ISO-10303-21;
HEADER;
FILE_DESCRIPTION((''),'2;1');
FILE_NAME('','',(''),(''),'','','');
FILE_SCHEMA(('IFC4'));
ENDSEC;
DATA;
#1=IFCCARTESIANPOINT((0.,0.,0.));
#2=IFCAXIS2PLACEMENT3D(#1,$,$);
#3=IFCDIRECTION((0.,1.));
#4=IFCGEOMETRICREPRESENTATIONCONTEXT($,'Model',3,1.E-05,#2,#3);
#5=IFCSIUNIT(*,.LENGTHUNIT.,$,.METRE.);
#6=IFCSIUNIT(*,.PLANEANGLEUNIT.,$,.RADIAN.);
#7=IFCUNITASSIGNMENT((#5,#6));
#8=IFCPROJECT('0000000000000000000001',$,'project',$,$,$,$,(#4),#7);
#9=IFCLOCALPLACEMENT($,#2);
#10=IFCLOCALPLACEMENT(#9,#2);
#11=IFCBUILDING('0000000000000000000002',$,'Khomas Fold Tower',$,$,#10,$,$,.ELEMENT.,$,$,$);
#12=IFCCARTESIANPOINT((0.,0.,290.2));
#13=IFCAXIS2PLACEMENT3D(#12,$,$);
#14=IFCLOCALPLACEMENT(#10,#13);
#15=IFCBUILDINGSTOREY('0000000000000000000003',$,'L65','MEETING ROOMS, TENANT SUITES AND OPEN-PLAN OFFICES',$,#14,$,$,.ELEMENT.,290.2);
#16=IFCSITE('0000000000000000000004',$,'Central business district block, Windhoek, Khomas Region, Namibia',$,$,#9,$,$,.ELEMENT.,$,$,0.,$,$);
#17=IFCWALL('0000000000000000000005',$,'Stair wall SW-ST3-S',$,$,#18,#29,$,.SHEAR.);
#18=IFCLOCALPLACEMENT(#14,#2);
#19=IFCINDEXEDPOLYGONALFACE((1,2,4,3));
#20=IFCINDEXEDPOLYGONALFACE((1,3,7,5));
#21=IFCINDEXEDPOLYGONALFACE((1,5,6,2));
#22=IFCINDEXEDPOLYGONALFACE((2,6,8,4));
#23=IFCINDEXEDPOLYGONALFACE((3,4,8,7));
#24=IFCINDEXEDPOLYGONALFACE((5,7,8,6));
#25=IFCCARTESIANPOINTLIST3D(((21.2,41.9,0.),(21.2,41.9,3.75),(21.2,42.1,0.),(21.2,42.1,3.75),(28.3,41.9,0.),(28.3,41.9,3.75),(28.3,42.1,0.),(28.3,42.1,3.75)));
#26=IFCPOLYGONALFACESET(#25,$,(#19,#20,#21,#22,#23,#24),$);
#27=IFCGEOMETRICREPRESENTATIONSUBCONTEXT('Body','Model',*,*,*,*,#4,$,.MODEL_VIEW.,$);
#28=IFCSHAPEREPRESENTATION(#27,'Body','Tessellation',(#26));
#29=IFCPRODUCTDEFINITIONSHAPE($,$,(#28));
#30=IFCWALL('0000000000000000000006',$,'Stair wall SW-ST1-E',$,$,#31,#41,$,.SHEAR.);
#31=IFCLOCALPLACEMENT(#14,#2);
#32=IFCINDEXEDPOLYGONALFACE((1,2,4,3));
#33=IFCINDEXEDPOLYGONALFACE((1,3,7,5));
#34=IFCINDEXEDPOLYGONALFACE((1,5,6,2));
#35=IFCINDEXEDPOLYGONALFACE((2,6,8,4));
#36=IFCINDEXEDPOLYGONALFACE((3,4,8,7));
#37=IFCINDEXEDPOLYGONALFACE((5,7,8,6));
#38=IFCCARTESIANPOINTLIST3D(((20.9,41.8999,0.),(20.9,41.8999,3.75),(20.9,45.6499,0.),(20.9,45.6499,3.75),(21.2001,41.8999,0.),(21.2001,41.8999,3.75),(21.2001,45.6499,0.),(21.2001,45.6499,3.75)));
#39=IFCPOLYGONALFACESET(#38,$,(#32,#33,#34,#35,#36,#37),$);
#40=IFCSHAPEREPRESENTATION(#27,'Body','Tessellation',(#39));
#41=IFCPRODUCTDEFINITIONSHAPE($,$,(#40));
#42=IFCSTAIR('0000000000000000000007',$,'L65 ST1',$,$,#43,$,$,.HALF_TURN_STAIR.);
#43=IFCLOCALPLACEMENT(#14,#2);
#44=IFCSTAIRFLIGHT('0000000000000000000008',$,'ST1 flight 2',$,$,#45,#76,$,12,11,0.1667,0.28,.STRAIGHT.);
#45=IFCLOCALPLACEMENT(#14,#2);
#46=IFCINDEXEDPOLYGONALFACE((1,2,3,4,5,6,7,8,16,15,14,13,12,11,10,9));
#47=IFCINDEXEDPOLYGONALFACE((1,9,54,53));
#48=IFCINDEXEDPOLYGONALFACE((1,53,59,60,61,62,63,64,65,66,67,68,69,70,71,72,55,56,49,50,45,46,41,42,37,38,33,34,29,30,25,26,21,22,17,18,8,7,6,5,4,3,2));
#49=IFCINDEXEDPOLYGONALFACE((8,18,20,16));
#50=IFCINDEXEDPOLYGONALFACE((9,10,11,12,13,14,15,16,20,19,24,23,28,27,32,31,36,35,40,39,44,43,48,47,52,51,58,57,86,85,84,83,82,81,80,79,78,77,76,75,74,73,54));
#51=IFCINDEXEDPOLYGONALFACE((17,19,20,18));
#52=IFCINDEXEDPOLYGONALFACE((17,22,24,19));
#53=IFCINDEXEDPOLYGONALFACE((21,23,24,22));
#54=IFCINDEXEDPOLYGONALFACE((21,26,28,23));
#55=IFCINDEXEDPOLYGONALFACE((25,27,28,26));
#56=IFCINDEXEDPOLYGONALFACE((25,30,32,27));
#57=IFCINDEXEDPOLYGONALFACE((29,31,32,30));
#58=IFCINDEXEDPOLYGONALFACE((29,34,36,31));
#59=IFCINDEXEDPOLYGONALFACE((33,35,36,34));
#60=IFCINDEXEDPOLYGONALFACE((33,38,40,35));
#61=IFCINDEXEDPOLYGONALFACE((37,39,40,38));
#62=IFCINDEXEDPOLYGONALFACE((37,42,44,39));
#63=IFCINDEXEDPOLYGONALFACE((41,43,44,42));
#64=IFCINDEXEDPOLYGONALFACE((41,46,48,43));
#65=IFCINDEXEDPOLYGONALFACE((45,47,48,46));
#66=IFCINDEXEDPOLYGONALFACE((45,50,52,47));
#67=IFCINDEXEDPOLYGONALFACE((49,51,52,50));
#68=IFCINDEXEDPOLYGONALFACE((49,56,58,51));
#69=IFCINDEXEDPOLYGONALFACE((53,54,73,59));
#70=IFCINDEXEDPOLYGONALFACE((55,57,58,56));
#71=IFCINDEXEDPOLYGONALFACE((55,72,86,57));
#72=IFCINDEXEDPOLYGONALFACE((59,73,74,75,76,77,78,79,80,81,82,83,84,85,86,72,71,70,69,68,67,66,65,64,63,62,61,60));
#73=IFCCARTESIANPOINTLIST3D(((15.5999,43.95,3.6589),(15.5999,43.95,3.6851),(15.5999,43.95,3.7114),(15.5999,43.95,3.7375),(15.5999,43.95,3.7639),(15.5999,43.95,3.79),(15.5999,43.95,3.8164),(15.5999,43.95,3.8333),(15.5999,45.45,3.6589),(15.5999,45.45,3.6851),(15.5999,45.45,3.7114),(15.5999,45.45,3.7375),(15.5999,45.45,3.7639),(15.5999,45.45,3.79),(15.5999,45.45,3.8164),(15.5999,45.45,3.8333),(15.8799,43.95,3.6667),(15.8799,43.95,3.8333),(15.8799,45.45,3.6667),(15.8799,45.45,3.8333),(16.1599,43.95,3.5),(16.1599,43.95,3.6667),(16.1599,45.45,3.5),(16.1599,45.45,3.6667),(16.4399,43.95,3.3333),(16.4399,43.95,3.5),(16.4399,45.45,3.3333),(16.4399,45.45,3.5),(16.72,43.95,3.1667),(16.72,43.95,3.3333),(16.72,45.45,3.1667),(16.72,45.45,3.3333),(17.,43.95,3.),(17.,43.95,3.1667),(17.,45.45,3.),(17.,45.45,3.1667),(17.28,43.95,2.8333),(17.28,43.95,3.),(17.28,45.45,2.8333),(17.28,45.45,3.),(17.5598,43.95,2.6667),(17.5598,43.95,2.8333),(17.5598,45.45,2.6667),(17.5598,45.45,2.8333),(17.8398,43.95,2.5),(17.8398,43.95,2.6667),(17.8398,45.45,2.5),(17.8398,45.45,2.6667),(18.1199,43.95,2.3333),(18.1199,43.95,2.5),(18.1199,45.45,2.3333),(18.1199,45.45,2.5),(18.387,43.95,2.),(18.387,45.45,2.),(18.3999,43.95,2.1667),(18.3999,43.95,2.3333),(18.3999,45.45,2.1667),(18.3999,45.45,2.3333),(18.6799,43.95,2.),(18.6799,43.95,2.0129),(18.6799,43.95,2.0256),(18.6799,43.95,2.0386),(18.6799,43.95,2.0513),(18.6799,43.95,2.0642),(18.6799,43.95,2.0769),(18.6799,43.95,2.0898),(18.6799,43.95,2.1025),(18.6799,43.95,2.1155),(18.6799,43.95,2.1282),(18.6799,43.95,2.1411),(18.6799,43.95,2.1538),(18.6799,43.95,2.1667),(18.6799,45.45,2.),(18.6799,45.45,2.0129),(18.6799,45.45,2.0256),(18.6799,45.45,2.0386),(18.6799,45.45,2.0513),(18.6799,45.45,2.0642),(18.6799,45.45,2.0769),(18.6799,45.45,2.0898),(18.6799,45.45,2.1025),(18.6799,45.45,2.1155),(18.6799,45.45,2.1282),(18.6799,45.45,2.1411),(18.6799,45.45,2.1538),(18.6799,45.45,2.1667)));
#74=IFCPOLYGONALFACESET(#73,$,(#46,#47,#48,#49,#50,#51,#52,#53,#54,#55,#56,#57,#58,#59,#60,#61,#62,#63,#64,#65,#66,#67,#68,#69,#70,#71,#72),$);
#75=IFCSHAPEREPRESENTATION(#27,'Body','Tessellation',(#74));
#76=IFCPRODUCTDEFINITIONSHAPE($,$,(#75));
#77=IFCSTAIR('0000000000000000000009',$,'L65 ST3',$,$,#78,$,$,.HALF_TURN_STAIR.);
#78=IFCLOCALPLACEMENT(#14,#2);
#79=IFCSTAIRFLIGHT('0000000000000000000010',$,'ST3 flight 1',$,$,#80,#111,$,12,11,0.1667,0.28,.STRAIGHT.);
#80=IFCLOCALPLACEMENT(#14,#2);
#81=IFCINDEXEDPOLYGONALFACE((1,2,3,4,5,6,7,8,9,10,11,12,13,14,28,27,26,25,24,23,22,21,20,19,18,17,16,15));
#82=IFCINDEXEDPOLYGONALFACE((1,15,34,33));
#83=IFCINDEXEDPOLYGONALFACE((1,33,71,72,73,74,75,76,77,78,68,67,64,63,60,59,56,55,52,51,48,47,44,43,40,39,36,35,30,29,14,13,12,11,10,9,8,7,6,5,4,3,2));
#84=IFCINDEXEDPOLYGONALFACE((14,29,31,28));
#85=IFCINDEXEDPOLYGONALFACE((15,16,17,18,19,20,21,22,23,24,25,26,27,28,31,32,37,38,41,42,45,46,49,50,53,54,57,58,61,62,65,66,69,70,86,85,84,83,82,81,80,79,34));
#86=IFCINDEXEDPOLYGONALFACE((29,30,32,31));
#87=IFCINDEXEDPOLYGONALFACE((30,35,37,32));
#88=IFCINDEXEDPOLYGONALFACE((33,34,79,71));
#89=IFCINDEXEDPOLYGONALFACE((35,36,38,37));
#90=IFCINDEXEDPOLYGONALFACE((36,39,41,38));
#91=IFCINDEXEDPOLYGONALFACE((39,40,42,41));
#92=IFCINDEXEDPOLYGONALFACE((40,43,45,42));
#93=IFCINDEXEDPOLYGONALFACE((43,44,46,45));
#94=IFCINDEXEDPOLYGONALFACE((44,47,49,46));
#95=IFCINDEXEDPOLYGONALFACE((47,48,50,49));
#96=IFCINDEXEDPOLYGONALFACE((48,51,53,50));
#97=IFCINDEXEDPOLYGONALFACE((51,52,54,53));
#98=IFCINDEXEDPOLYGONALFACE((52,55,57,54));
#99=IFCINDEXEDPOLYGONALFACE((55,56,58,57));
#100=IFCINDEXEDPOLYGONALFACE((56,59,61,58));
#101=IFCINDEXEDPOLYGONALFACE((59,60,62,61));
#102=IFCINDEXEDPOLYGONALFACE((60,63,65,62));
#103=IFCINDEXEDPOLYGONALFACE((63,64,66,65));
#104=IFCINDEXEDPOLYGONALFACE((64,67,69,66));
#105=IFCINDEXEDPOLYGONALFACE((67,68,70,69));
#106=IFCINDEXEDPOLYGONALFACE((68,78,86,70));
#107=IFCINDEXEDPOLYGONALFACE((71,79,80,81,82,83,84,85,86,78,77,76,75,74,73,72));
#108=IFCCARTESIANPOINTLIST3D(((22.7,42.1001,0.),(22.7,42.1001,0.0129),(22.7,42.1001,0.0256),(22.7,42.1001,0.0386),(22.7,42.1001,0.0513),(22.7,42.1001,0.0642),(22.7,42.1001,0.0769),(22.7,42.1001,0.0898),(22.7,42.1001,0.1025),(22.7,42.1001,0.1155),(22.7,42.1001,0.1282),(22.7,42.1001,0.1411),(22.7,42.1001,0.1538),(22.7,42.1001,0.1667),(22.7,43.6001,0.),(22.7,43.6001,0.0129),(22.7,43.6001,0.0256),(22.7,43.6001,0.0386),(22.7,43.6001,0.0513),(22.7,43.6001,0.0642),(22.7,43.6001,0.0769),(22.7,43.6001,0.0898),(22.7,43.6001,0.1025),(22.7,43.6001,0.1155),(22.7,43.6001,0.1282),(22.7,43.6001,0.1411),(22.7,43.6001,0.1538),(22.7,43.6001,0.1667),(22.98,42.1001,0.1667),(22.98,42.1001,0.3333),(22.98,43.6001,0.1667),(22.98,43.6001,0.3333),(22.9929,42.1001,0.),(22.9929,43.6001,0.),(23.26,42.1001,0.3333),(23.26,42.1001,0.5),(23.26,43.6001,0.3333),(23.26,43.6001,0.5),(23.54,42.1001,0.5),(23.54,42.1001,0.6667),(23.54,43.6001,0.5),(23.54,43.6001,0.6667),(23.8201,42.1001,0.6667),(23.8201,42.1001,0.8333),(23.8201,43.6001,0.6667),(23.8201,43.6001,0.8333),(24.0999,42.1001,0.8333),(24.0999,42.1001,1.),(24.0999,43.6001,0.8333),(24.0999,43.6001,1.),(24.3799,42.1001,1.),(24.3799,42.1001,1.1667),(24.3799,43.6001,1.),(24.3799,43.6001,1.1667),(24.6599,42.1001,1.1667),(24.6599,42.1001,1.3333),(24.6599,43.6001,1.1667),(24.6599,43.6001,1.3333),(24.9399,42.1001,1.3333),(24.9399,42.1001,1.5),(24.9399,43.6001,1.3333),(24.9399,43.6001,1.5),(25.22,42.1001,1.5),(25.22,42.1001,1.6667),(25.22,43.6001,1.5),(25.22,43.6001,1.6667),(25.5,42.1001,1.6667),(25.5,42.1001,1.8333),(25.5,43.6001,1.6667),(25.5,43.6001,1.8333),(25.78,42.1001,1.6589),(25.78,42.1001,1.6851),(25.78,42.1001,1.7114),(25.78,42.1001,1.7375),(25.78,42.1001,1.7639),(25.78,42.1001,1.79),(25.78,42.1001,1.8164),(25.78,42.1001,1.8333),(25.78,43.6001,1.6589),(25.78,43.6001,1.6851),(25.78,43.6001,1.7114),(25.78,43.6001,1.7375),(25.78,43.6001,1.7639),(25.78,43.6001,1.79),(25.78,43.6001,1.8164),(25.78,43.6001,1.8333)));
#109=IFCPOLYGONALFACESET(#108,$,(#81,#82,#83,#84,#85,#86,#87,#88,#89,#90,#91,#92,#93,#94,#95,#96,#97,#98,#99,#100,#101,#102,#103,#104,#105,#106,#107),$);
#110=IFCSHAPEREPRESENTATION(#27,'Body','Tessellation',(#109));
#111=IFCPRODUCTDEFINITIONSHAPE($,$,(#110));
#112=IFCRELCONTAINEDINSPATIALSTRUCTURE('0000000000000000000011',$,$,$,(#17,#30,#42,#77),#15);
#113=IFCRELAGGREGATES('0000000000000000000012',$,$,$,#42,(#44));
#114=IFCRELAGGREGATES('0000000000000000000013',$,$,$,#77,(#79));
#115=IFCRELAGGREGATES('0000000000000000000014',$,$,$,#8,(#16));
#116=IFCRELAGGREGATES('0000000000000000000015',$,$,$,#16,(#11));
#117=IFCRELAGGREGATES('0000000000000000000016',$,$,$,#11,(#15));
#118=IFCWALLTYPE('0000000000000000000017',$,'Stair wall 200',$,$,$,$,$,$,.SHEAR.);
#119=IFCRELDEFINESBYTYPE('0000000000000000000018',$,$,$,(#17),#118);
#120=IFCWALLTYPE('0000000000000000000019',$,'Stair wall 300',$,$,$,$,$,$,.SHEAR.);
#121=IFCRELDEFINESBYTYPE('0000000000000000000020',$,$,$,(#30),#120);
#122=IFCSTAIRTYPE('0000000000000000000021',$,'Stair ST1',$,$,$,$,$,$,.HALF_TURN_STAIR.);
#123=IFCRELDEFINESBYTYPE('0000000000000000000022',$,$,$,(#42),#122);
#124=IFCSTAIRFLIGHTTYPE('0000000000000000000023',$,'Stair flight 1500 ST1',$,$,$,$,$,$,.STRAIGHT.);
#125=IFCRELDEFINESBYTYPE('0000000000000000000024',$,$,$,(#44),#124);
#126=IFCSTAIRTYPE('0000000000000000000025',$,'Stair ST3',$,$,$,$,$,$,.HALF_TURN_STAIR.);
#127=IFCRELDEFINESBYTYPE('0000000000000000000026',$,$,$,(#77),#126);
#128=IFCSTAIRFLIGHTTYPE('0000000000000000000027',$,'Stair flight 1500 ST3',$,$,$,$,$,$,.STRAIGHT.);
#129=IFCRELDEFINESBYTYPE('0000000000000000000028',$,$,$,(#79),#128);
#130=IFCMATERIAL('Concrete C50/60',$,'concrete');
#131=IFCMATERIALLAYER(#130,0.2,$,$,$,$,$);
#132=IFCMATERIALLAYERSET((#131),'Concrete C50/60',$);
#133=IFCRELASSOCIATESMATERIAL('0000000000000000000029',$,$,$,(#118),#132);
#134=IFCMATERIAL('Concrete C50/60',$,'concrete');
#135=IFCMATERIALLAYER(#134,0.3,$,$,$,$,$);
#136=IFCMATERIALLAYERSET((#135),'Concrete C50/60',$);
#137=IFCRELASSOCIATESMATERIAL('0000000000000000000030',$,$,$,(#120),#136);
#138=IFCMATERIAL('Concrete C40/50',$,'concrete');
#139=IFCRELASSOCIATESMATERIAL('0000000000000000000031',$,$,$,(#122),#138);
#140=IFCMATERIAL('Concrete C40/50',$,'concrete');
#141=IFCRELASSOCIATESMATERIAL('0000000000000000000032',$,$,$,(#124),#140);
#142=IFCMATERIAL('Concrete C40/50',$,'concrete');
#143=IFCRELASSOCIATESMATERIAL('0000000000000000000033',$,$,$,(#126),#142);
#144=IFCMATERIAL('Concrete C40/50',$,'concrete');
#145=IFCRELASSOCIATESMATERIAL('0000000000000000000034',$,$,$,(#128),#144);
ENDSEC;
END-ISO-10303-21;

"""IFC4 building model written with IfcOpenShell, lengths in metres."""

from ifc_helpers import new_model, si_unit, direction, frame, frame_2d, origin, place, context, subcontext, project, spatial, polyline, rectangle, outline, extrude, source, transform, mapped, material, layer, layer_set, type_object, element, aggregate, save


model = new_model("IFC4")

# Units and contexts
model_context = context("Model", 3, precision=1e-05, world=origin(), true_north=direction((0.0, 1.0)))
body_context = subcontext(model_context, "Body", "Model", "MODEL_VIEW")
ifc_project = project(units=[si_unit("LENGTHUNIT", "METRE"), si_unit("PLANEANGLEUNIT", "RADIAN")], contexts=[model_context])

# Site, building, storey
site_placement = place(None, origin())
site = spatial("IfcSite", under=ifc_project, at=site_placement, Name="Central business district block, Windhoek, Khomas Region, Namibia", CompositionType="ELEMENT", RefElevation=0.0)
building_placement = place(site_placement, origin())
building = spatial("IfcBuilding", under=site, at=building_placement, Name="Khomas Fold Tower", CompositionType="ELEMENT")
storey_placement = place(building_placement, frame((0.0, 0.0, 290.2)))
storey = spatial("IfcBuildingStorey", under=building, at=storey_placement, Name="L65", Description="MEETING ROOMS, TENANT SUITES AND OPEN-PLAN OFFICES", CompositionType="ELEMENT", Elevation=290.2)

# Shared definitions
ifc_material_1 = material(Name="Concrete C50/60", Category="concrete")
ifc_layer_1 = layer(ifc_material_1, 0.2)
ifc_layer_set_1 = layer_set([ifc_layer_1], Name="Concrete C50/60")
wall_type_1 = type_object("IfcWallType", Name="Stair wall 200", PredefinedType="SHEAR", material=ifc_layer_set_1)
shared_shape_1 = source(origin(), body_context, "Body", "SweptSolid", [
    extrude(rectangle(XDim=7.1001, YDim=0.2, at=frame_2d((3.55, 0.0))), origin(), (0.0, 0.0, 1.0), 3.75),
])

# Walls
wall_1_placement = place(storey_placement, frame((21.2, 42.0, 0.0), z_axis=(0.0, 0.0, 1.0), x_axis=(1.0, 0.0, 0.0)))
element("IfcWall", 1, at=wall_1_placement, inside=storey, type_object=wall_type_1, Name="Stair wall SW-ST3-S", PredefinedType="SHEAR", context=body_context, shape_type="MappedRepresentation", body=[
    mapped(shared_shape_1, transform((0.0, 0.0, 0.0))),
])
ifc_material_2 = material(Name="Concrete C50/60", Category="concrete")
ifc_layer_2 = layer(ifc_material_2, 0.3)
ifc_layer_set_2 = layer_set([ifc_layer_2], Name="Concrete C50/60")
wall_type_2 = type_object("IfcWallType", Name="Stair wall 300", PredefinedType="SHEAR", material=ifc_layer_set_2)
shared_shape_2 = source(origin(), body_context, "Body", "SweptSolid", [
    extrude(rectangle(XDim=3.75, YDim=0.3, at=frame_2d((1.875, 0.0))), origin(), (0.0, 0.0, 1.0), 3.75),
])
wall_2_placement = place(storey_placement, frame((21.05, 41.8999, 0.0), z_axis=(0.0, 0.0, 1.0), x_axis=(0.0, 1.0, 0.0)))
element("IfcWall", 2, at=wall_2_placement, inside=storey, type_object=wall_type_2, Name="Stair wall SW-ST1-E", PredefinedType="SHEAR", context=body_context, shape_type="MappedRepresentation", body=[
    mapped(shared_shape_2, transform((0.0, 0.0, 0.0))),
])

# Stairs, stair flights
ifc_material_3 = material(Name="Concrete C40/50", Category="concrete")
stair_type_1 = type_object("IfcStairType", Name="Stair ST1", PredefinedType="HALF_TURN_STAIR", material=ifc_material_3)
stair_1_placement = place(storey_placement, origin())
stair_1 = element("IfcStair", 3, at=stair_1_placement, inside=storey, type_object=stair_type_1, Name="L65 ST1", PredefinedType="HALF_TURN_STAIR")
ifc_material_4 = material(Name="Concrete C40/50", Category="concrete")
stair_flight_type_1 = type_object("IfcStairFlightType", Name="Stair flight 1500 ST1", PredefinedType="STRAIGHT", material=ifc_material_4)
shared_shape_3 = source(origin(), body_context, "Body", "SweptSolid", [
    extrude(outline(polyline([(0.0, 0.0), (0.0, 0.0129), (0.0, 0.0256), (0.0, 0.0386), (0.0, 0.0513), (0.0, 0.0642), (0.0, 0.0769), (0.0, 0.0898), (0.0, 0.1025), (0.0, 0.1155), (0.0, 0.1282), (0.0, 0.1411), (0.0, 0.1538), (0.0, 0.1667), (0.28, 0.1667), (0.28, 0.3333), (0.5601, 0.3333), (0.5601, 0.5), (0.8401, 0.5), (0.8401, 0.6667), (1.1201, 0.6667), (1.1201, 0.8333), (1.3999, 0.8333), (1.3999, 1.0), (1.6799, 1.0), (1.6799, 1.1667), (1.96, 1.1667), (1.96, 1.3333), (2.24, 1.3333), (2.24, 1.5), (2.52, 1.5), (2.52, 1.6667), (2.8, 1.6667), (2.8, 1.8333), (3.0801, 1.8333), (3.0801, 2.0), (3.0801, 1.9739), (3.0801, 1.9475), (3.0801, 1.9214), (3.0801, 1.895), (3.0801, 1.8689), (3.0801, 1.8425), (3.0801, 1.8164), (3.0801, 1.79), (3.0801, 1.7639), (3.0801, 1.7375), (3.0801, 1.7114), (3.0801, 1.6851), (3.0801, 1.6589), (0.293, 0.0), (0.0, 0.0)])), frame((0.0, 0.75, 0.0), z_axis=(0.0, -1.0, 0.0), x_axis=(1.0, 0.0, 0.0)), (0.0, 0.0, 1.0), 1.5),
])
stair_flight_1_placement = place(storey_placement, frame((18.6799, 44.7, 2.0), z_axis=(0.0, 0.0, 1.0), x_axis=(-1.0, 0.0, 0.0)))
stair_flight_1 = element("IfcStairFlight", 4, at=stair_flight_1_placement, type_object=stair_flight_type_1, Name="ST1 flight 2", NumberOfRisers=12, NumberOfTreads=11, PredefinedType="STRAIGHT", RiserHeight=0.1667, TreadLength=0.28, context=body_context, shape_type="MappedRepresentation", body=[
    mapped(shared_shape_3, transform((0.0, 0.0, 0.0))),
])
aggregate(stair_1, [stair_flight_1])
ifc_material_5 = material(Name="Concrete C40/50", Category="concrete")
stair_type_2 = type_object("IfcStairType", Name="Stair ST3", PredefinedType="HALF_TURN_STAIR", material=ifc_material_5)
stair_2_placement = place(storey_placement, origin())
stair_2 = element("IfcStair", 5, at=stair_2_placement, inside=storey, type_object=stair_type_2, Name="L65 ST3", PredefinedType="HALF_TURN_STAIR")
ifc_material_6 = material(Name="Concrete C40/50", Category="concrete")
stair_flight_type_2 = type_object("IfcStairFlightType", Name="Stair flight 1500 ST3", PredefinedType="STRAIGHT", material=ifc_material_6)
stair_flight_2_placement = place(storey_placement, frame((22.7, 42.8501, 0.0), z_axis=(0.0, 0.0, 1.0), x_axis=(1.0, 0.0, 0.0)))
stair_flight_2 = element("IfcStairFlight", 6, at=stair_flight_2_placement, type_object=stair_flight_type_2, Name="ST3 flight 1", NumberOfRisers=12, NumberOfTreads=11, PredefinedType="STRAIGHT", RiserHeight=0.1667, TreadLength=0.28, context=body_context, shape_type="MappedRepresentation", body=[
    mapped(shared_shape_3, transform((0.0, 0.0, 0.0))),
])
aggregate(stair_2, [stair_flight_2])

save(model, "model.ifc")
